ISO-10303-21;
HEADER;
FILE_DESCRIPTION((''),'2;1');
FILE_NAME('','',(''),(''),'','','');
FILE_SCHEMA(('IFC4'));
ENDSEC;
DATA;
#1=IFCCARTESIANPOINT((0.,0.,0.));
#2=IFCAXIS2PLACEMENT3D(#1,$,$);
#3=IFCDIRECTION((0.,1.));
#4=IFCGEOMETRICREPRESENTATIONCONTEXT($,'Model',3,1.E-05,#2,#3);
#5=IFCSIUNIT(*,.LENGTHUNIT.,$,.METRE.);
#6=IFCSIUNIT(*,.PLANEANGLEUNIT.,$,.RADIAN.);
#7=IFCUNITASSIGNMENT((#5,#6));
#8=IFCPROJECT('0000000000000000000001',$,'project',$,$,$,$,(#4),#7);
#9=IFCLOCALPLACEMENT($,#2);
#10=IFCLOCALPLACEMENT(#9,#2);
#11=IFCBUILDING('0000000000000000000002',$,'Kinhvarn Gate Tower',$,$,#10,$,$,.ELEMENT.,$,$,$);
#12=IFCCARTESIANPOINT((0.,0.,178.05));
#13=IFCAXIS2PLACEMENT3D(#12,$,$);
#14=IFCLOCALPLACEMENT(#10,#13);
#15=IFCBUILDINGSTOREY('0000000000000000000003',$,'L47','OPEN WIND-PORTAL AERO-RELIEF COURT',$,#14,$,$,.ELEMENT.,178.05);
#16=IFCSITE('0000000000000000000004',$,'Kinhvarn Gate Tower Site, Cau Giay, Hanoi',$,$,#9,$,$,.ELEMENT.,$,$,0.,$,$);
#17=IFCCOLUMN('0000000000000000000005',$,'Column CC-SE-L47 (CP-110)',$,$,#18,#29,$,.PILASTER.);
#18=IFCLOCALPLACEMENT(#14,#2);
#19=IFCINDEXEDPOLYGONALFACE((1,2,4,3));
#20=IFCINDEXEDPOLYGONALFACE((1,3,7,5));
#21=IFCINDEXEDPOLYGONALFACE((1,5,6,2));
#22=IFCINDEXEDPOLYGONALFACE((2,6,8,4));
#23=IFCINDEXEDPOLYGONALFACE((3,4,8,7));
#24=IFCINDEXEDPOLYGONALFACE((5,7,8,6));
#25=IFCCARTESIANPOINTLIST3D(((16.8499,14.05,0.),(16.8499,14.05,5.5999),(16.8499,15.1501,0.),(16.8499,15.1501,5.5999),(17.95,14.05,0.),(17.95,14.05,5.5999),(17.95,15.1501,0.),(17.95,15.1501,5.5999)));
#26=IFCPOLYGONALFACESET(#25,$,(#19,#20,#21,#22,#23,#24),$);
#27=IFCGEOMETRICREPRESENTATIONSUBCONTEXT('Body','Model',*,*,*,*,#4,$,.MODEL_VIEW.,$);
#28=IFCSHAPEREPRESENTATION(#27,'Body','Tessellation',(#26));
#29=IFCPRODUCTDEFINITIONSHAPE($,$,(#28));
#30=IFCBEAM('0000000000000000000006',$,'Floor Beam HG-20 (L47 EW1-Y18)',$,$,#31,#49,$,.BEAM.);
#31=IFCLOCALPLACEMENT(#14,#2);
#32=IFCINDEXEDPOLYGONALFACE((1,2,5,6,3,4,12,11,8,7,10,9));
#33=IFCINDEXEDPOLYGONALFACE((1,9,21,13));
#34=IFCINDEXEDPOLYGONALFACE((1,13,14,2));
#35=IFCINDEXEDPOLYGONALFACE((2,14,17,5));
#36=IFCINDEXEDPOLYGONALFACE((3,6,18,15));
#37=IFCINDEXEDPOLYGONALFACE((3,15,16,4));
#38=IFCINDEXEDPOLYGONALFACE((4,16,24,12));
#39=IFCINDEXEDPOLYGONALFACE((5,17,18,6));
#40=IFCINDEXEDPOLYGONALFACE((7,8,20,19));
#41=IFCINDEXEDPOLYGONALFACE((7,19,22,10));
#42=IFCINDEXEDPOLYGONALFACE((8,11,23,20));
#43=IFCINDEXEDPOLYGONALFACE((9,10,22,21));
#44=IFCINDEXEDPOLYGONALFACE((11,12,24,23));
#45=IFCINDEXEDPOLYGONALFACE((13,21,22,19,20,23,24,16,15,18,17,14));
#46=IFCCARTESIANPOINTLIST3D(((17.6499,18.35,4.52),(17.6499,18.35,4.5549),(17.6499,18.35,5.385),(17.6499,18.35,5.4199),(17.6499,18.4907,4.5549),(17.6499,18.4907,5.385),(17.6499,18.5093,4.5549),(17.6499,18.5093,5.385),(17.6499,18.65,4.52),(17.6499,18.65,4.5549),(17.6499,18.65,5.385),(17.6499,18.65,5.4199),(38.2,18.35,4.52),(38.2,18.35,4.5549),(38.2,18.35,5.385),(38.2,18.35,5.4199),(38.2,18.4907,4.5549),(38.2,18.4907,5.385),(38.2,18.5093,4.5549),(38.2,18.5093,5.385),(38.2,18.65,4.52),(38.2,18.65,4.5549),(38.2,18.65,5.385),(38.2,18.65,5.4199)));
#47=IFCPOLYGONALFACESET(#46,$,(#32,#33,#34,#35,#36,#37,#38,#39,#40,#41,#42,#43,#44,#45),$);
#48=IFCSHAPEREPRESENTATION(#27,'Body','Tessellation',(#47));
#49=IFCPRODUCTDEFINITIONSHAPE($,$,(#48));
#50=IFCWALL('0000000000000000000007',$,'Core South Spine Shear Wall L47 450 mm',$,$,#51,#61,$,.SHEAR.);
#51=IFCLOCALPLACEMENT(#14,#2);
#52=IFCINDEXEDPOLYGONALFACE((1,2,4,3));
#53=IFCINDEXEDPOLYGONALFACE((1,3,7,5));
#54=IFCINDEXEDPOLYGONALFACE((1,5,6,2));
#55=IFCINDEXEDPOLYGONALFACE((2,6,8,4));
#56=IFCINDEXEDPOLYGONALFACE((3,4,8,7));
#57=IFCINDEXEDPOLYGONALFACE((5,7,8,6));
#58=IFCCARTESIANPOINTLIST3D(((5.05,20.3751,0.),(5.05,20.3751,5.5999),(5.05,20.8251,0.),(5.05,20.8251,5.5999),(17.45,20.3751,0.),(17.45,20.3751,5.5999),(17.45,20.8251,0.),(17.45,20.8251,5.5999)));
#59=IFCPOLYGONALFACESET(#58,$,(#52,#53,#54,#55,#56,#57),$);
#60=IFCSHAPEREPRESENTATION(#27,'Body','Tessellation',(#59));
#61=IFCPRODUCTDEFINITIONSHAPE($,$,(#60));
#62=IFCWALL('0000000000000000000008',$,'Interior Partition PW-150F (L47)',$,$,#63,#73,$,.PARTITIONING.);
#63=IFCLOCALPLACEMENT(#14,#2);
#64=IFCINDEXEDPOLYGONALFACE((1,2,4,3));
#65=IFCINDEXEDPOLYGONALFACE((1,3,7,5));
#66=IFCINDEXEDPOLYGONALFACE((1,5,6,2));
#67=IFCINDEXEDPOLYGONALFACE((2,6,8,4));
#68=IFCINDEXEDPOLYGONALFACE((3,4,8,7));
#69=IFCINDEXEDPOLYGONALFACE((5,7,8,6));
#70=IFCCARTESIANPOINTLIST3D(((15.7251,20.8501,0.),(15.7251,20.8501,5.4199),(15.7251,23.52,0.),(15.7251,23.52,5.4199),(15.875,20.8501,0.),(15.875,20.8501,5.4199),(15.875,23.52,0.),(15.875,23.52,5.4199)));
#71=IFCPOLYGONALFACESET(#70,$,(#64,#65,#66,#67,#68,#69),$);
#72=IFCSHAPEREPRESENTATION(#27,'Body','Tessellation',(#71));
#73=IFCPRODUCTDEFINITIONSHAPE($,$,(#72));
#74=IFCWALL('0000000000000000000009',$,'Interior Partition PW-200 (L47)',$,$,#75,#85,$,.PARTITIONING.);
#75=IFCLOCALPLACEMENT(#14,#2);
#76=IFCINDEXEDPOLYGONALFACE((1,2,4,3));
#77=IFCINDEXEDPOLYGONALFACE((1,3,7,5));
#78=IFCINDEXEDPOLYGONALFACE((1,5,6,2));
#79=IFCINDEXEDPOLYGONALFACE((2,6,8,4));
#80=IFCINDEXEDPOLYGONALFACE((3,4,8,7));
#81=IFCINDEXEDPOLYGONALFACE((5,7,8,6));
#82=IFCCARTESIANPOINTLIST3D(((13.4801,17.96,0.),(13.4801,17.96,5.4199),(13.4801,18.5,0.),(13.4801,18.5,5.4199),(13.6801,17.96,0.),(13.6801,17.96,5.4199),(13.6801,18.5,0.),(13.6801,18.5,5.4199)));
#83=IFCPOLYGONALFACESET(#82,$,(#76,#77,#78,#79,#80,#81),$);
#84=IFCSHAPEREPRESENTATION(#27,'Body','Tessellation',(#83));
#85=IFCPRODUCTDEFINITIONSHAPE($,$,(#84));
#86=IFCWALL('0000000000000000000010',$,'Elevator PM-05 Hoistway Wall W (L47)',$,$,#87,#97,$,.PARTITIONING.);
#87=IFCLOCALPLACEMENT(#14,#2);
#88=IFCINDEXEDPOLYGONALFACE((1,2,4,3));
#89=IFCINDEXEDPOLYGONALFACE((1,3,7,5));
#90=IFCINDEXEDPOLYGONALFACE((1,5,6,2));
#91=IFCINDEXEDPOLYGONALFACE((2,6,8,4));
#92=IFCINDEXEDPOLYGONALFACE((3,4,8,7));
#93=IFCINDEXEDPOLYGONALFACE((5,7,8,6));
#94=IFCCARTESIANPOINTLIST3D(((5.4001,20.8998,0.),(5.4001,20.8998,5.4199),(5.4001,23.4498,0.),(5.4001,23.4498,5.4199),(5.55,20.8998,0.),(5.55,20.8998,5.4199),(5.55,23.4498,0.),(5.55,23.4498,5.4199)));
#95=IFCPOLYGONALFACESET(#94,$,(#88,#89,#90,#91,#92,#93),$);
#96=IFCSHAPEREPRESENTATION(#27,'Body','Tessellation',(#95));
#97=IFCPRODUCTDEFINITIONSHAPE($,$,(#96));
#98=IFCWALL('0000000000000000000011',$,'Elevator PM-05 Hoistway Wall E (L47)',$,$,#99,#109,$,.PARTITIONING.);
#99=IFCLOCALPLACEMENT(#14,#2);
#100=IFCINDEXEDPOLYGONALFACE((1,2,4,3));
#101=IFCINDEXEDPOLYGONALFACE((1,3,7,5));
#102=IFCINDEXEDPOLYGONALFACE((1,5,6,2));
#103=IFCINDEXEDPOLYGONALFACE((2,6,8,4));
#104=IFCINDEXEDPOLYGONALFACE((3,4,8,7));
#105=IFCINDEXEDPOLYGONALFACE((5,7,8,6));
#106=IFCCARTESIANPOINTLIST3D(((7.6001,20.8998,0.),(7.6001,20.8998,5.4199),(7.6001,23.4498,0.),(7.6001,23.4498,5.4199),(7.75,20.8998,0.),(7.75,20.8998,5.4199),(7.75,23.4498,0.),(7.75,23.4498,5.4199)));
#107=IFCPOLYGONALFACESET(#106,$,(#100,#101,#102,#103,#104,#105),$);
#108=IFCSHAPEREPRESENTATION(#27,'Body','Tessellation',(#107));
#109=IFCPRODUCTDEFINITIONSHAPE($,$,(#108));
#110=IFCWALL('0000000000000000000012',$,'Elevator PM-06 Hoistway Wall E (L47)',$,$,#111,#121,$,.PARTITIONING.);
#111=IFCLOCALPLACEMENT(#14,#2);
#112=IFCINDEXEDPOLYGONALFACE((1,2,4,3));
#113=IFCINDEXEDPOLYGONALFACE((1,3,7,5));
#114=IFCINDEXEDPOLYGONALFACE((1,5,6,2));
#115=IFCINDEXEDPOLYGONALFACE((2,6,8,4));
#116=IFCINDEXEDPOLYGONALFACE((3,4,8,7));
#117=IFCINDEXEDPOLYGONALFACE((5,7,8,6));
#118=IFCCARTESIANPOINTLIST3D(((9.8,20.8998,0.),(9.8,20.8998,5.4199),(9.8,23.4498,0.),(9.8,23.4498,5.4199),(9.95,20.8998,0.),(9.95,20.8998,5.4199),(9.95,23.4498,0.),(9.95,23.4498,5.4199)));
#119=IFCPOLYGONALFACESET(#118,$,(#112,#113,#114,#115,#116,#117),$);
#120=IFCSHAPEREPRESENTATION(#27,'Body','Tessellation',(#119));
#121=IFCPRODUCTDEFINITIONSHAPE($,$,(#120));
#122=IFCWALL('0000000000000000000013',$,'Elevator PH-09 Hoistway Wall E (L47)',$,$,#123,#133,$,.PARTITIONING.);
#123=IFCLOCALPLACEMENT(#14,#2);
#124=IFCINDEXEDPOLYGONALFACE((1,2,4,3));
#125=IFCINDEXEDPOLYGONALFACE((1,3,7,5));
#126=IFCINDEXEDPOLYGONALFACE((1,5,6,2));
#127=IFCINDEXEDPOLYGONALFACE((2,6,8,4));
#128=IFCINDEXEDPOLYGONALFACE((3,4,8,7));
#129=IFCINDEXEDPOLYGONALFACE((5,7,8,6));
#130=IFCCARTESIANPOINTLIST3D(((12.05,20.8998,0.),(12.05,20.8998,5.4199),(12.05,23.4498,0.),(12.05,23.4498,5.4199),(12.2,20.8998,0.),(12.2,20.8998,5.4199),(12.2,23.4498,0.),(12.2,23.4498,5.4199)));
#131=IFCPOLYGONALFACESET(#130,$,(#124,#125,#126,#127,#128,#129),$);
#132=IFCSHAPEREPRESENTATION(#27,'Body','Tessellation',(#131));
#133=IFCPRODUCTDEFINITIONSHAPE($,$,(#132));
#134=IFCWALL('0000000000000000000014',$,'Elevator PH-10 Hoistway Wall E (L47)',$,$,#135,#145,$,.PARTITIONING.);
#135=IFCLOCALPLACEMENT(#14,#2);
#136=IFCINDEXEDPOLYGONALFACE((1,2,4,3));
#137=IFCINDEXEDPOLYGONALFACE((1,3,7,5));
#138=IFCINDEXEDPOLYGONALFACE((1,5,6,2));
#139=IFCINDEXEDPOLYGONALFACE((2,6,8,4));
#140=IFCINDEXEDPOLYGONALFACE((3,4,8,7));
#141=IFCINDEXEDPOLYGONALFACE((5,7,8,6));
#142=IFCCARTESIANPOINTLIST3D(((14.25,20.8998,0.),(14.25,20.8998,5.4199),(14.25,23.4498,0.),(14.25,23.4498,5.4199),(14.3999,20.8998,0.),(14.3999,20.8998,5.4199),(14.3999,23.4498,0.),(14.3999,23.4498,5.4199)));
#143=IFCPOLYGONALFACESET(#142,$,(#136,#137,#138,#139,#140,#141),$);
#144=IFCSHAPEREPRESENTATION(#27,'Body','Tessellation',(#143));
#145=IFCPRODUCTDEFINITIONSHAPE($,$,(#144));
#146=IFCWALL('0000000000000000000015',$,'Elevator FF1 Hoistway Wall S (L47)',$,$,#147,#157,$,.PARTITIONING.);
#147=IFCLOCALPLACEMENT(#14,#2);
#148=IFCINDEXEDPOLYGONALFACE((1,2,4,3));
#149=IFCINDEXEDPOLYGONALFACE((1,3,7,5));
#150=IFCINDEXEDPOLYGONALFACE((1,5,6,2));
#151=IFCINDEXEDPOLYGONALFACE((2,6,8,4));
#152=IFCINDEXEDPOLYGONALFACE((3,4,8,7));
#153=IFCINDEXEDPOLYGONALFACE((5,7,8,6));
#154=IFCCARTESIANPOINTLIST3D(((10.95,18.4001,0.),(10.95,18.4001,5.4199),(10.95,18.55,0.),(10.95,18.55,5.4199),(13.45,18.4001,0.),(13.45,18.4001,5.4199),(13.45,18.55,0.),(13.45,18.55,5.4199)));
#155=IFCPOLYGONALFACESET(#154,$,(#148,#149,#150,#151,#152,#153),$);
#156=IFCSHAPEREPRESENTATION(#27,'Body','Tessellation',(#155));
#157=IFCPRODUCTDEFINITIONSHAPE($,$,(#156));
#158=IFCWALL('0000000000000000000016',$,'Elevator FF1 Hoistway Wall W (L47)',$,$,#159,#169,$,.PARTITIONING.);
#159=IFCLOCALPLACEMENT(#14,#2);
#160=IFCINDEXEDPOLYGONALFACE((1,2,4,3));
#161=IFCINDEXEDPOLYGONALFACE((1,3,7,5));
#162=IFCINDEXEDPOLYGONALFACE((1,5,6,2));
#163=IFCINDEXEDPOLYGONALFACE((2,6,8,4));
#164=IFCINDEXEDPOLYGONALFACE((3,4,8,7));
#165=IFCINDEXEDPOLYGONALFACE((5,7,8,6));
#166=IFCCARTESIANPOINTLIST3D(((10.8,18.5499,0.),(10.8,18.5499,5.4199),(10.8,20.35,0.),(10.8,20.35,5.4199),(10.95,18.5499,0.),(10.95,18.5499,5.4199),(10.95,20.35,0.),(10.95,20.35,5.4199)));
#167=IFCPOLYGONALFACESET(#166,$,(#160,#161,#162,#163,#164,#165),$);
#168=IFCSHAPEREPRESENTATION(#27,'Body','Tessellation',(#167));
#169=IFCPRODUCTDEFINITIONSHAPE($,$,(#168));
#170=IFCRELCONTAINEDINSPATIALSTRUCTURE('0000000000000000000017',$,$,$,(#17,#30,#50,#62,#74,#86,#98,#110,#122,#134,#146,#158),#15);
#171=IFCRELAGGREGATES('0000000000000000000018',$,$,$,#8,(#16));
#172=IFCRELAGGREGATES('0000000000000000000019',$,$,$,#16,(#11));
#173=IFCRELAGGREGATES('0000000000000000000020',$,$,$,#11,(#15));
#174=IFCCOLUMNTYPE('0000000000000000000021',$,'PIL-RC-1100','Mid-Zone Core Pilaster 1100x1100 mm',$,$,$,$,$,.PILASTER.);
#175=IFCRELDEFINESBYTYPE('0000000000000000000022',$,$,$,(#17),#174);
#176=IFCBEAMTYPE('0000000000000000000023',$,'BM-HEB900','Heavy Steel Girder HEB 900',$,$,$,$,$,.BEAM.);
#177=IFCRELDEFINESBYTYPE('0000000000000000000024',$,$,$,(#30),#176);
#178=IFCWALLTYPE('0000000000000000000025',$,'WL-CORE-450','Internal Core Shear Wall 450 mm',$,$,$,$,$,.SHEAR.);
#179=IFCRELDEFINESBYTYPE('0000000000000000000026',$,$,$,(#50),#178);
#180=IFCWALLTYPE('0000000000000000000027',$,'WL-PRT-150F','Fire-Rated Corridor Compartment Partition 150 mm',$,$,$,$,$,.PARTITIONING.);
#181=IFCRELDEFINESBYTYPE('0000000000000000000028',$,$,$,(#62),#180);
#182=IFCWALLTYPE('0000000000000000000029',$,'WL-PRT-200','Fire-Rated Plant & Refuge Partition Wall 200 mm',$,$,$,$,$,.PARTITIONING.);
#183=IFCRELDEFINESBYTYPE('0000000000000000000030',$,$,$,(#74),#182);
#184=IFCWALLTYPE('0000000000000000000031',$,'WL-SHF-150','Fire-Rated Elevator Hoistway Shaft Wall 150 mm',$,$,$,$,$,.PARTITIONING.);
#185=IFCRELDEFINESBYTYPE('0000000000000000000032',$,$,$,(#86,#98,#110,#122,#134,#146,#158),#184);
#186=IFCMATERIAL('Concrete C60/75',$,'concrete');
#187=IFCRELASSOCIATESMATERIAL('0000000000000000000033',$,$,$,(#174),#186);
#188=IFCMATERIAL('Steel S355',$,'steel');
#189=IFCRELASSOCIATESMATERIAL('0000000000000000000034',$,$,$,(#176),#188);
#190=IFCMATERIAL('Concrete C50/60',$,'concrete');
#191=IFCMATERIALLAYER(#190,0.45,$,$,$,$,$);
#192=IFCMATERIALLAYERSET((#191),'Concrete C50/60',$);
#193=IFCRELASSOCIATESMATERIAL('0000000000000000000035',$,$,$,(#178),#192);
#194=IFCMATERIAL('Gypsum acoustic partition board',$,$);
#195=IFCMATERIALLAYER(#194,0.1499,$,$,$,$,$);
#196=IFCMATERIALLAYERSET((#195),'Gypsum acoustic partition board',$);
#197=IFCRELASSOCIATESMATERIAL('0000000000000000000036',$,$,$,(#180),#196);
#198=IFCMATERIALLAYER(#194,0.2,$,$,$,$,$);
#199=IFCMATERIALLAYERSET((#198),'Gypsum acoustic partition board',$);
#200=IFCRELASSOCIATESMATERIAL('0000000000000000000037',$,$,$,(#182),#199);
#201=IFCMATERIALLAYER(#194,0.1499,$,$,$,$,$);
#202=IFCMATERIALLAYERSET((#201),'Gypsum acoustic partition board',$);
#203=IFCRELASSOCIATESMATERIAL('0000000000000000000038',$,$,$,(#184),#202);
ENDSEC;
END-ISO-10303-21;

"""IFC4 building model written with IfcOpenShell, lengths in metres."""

from ifc_helpers import new_model, si_unit, direction, frame, frame_2d, origin, origin_2d, place, context, subcontext, project, spatial, rectangle, i_section, extrude, material, layer, layer_set, material_profile, profile_set, type_object, element, save


model = new_model("IFC4")

# Units and contexts
model_context = context("Model", 3, precision=1e-05, world=origin(), true_north=direction((0.0, 1.0)))
body_context = subcontext(model_context, "Body", "Model", "MODEL_VIEW")
ifc_project = project(units=[si_unit("LENGTHUNIT", "METRE"), si_unit("PLANEANGLEUNIT", "RADIAN")], contexts=[model_context])

# Site, building, storey
site_placement = place(None, origin())
site = spatial("IfcSite", under=ifc_project, at=site_placement, Name="Kinhvarn Gate Tower Site, Cau Giay, Hanoi", CompositionType="ELEMENT", RefElevation=0.0)
building_placement = place(site_placement, origin())
building = spatial("IfcBuilding", under=site, at=building_placement, Name="Kinhvarn Gate Tower", CompositionType="ELEMENT")
storey_placement = place(building_placement, frame((0.0, 0.0, 178.05)))
storey = spatial("IfcBuildingStorey", under=building, at=storey_placement, Name="L47", Description="OPEN WIND-PORTAL AERO-RELIEF COURT", CompositionType="ELEMENT", Elevation=178.05)

# Column
ifc_material_1 = material(Name="Concrete C60/75", Category="concrete")
ifc_material_profile_1 = material_profile(ifc_material_1, rectangle(XDim=1.1001, YDim=1.1001, at=origin_2d()), Name="RC 1100x1100")
ifc_profile_set_1 = profile_set([ifc_material_profile_1], Name="Concrete C60/75")
column_type = type_object("IfcColumnType", Name="PIL-RC-1100", Description="Mid-Zone Core Pilaster 1100x1100 mm", PredefinedType="PILASTER", material=ifc_profile_set_1)
column_placement = place(storey_placement, frame((17.3999, 14.6001, 0.0), z_axis=(0.0, 0.0, 1.0), x_axis=(1.0, 0.0, 0.0)))
element("IfcColumn", 1, at=column_placement, inside=storey, type_object=column_type, Name="Column CC-SE-L47 (CP-110)", PredefinedType="PILASTER", context=body_context, shape_type="SweptSolid", body=[
    extrude(rectangle(XDim=1.1001, YDim=1.1001, at=origin_2d()), origin(), (0.0, 0.0, 1.0), 5.5999),
])

# Beam
ifc_material_2 = material(Name="Steel S355", Category="steel")
ifc_material_profile_2 = material_profile(ifc_material_2, i_section(OverallWidth=0.3, OverallDepth=0.8999, WebThickness=0.0186, FlangeThickness=0.0349, at=origin_2d()), Name="HEB 900")
ifc_profile_set_2 = profile_set([ifc_material_profile_2], Name="Steel S355")
beam_type = type_object("IfcBeamType", Name="BM-HEB900", Description="Heavy Steel Girder HEB 900", PredefinedType="BEAM", material=ifc_profile_set_2)
beam_placement = place(storey_placement, frame((17.6499, 18.5, 4.97), z_axis=(1.0, 0.0, 0.0), x_axis=(0.0, 1.0, 0.0)))
element("IfcBeam", 2, at=beam_placement, inside=storey, type_object=beam_type, Name="Floor Beam HG-20 (L47 EW1-Y18)", PredefinedType="BEAM", context=body_context, shape_type="SweptSolid", body=[
    extrude(i_section(OverallWidth=0.3, OverallDepth=0.8999, WebThickness=0.0186, FlangeThickness=0.0349, at=origin_2d()), origin(), (0.0, 0.0, 1.0), 20.55),
])

# Walls
ifc_material_3 = material(Name="Concrete C50/60", Category="concrete")
ifc_layer_1 = layer(ifc_material_3, 0.45)
ifc_layer_set_1 = layer_set([ifc_layer_1], Name="Concrete C50/60")
wall_type_1 = type_object("IfcWallType", Name="WL-CORE-450", Description="Internal Core Shear Wall 450 mm", PredefinedType="SHEAR", material=ifc_layer_set_1)
wall_1_placement = place(storey_placement, frame((5.05, 20.6001, 0.0), z_axis=(0.0, 0.0, 1.0), x_axis=(1.0, 0.0, 0.0)))
element("IfcWall", 3, at=wall_1_placement, inside=storey, type_object=wall_type_1, Name="Core South Spine Shear Wall L47 450 mm", PredefinedType="SHEAR", context=body_context, shape_type="SweptSolid", body=[
    extrude(rectangle(XDim=12.3999, YDim=0.45, at=frame_2d((6.2, 0.0))), origin(), (0.0, 0.0, 1.0), 5.5999),
])
ifc_material_4 = material(Name="Gypsum acoustic partition board")
ifc_layer_2 = layer(ifc_material_4, 0.1499)
ifc_layer_set_2 = layer_set([ifc_layer_2], Name="Gypsum acoustic partition board")
wall_type_2 = type_object("IfcWallType", Name="WL-PRT-150F", Description="Fire-Rated Corridor Compartment Partition 150 mm", PredefinedType="PARTITIONING", material=ifc_layer_set_2)
wall_2_placement = place(storey_placement, frame((15.8, 20.8501, 0.0), z_axis=(0.0, 0.0, 1.0), x_axis=(0.0, 1.0, 0.0)))
element("IfcWall", 4, at=wall_2_placement, inside=storey, type_object=wall_type_2, Name="Interior Partition PW-150F (L47)", PredefinedType="PARTITIONING", context=body_context, shape_type="SweptSolid", body=[
    extrude(rectangle(XDim=2.6699, YDim=0.1499, at=frame_2d((1.335, 0.0))), origin(), (0.0, 0.0, 1.0), 5.4199),
])
ifc_layer_3 = layer(ifc_material_4, 0.2)
ifc_layer_set_3 = layer_set([ifc_layer_3], Name="Gypsum acoustic partition board")
wall_type_3 = type_object("IfcWallType", Name="WL-PRT-200", Description="Fire-Rated Plant & Refuge Partition Wall 200 mm", PredefinedType="PARTITIONING", material=ifc_layer_set_3)
wall_3_placement = place(storey_placement, frame((13.5801, 17.96, 0.0), z_axis=(0.0, 0.0, 1.0), x_axis=(0.0, 1.0, 0.0)))
element("IfcWall", 5, at=wall_3_placement, inside=storey, type_object=wall_type_3, Name="Interior Partition PW-200 (L47)", PredefinedType="PARTITIONING", context=body_context, shape_type="SweptSolid", body=[
    extrude(rectangle(XDim=0.54, YDim=0.2, at=frame_2d((0.27, 0.0))), origin(), (0.0, 0.0, 1.0), 5.4199),
])
ifc_layer_4 = layer(ifc_material_4, 0.1499)
ifc_layer_set_4 = layer_set([ifc_layer_4], Name="Gypsum acoustic partition board")
wall_type_4 = type_object("IfcWallType", Name="WL-SHF-150", Description="Fire-Rated Elevator Hoistway Shaft Wall 150 mm", PredefinedType="PARTITIONING", material=ifc_layer_set_4)
for number, where, z_axis, x_axis, name in (
    (6, (5.4751, 20.8999, 0.0), (0.0, 0.0, 1.0), (0.0, 1.0, 0.0), "Elevator PM-05 Hoistway Wall W (L47)"),
    (7, (7.675, 20.8999, 0.0), (0.0, 0.0, 1.0), (0.0, 1.0, 0.0), "Elevator PM-05 Hoistway Wall E (L47)"),
    (8, (9.875, 20.8999, 0.0), (0.0, 0.0, 1.0), (0.0, 1.0, 0.0), "Elevator PM-06 Hoistway Wall E (L47)"),
    (9, (12.125, 20.8999, 0.0), (0.0, 0.0, 1.0), (0.0, 1.0, 0.0), "Elevator PH-09 Hoistway Wall E (L47)"),
    (10, (14.325, 20.8999, 0.0), (0.0, 0.0, 1.0), (0.0, 1.0, 0.0), "Elevator PH-10 Hoistway Wall E (L47)"),
):
    element("IfcWall", number, at=place(storey_placement, frame(where, z_axis=z_axis, x_axis=x_axis)), inside=storey, type_object=wall_type_4, Name=name, PredefinedType="PARTITIONING", context=body_context, shape_type="SweptSolid", body=[
        extrude(rectangle(XDim=2.55, YDim=0.1499, at=frame_2d((1.2749, 0.0))), origin(), (0.0, 0.0, 1.0), 5.4199),
    ])
wall_4_placement = place(storey_placement, frame((10.95, 18.4751, 0.0), z_axis=(0.0, 0.0, 1.0), x_axis=(1.0, 0.0, 0.0)))
element("IfcWall", 11, at=wall_4_placement, inside=storey, type_object=wall_type_4, Name="Elevator FF1 Hoistway Wall S (L47)", PredefinedType="PARTITIONING", context=body_context, shape_type="SweptSolid", body=[
    extrude(rectangle(XDim=2.5, YDim=0.1499, at=frame_2d((1.25, 0.0))), origin(), (0.0, 0.0, 1.0), 5.4199),
])
wall_5_placement = place(storey_placement, frame((10.875, 18.55, 0.0), z_axis=(0.0, 0.0, 1.0), x_axis=(0.0, 1.0, 0.0)))
element("IfcWall", 12, at=wall_5_placement, inside=storey, type_object=wall_type_4, Name="Elevator FF1 Hoistway Wall W (L47)", PredefinedType="PARTITIONING", context=body_context, shape_type="SweptSolid", body=[
    extrude(rectangle(XDim=1.8, YDim=0.1499, at=frame_2d((0.8999, 0.0))), origin(), (0.0, 0.0, 1.0), 5.4199),
])

save(model, "model.ifc")
